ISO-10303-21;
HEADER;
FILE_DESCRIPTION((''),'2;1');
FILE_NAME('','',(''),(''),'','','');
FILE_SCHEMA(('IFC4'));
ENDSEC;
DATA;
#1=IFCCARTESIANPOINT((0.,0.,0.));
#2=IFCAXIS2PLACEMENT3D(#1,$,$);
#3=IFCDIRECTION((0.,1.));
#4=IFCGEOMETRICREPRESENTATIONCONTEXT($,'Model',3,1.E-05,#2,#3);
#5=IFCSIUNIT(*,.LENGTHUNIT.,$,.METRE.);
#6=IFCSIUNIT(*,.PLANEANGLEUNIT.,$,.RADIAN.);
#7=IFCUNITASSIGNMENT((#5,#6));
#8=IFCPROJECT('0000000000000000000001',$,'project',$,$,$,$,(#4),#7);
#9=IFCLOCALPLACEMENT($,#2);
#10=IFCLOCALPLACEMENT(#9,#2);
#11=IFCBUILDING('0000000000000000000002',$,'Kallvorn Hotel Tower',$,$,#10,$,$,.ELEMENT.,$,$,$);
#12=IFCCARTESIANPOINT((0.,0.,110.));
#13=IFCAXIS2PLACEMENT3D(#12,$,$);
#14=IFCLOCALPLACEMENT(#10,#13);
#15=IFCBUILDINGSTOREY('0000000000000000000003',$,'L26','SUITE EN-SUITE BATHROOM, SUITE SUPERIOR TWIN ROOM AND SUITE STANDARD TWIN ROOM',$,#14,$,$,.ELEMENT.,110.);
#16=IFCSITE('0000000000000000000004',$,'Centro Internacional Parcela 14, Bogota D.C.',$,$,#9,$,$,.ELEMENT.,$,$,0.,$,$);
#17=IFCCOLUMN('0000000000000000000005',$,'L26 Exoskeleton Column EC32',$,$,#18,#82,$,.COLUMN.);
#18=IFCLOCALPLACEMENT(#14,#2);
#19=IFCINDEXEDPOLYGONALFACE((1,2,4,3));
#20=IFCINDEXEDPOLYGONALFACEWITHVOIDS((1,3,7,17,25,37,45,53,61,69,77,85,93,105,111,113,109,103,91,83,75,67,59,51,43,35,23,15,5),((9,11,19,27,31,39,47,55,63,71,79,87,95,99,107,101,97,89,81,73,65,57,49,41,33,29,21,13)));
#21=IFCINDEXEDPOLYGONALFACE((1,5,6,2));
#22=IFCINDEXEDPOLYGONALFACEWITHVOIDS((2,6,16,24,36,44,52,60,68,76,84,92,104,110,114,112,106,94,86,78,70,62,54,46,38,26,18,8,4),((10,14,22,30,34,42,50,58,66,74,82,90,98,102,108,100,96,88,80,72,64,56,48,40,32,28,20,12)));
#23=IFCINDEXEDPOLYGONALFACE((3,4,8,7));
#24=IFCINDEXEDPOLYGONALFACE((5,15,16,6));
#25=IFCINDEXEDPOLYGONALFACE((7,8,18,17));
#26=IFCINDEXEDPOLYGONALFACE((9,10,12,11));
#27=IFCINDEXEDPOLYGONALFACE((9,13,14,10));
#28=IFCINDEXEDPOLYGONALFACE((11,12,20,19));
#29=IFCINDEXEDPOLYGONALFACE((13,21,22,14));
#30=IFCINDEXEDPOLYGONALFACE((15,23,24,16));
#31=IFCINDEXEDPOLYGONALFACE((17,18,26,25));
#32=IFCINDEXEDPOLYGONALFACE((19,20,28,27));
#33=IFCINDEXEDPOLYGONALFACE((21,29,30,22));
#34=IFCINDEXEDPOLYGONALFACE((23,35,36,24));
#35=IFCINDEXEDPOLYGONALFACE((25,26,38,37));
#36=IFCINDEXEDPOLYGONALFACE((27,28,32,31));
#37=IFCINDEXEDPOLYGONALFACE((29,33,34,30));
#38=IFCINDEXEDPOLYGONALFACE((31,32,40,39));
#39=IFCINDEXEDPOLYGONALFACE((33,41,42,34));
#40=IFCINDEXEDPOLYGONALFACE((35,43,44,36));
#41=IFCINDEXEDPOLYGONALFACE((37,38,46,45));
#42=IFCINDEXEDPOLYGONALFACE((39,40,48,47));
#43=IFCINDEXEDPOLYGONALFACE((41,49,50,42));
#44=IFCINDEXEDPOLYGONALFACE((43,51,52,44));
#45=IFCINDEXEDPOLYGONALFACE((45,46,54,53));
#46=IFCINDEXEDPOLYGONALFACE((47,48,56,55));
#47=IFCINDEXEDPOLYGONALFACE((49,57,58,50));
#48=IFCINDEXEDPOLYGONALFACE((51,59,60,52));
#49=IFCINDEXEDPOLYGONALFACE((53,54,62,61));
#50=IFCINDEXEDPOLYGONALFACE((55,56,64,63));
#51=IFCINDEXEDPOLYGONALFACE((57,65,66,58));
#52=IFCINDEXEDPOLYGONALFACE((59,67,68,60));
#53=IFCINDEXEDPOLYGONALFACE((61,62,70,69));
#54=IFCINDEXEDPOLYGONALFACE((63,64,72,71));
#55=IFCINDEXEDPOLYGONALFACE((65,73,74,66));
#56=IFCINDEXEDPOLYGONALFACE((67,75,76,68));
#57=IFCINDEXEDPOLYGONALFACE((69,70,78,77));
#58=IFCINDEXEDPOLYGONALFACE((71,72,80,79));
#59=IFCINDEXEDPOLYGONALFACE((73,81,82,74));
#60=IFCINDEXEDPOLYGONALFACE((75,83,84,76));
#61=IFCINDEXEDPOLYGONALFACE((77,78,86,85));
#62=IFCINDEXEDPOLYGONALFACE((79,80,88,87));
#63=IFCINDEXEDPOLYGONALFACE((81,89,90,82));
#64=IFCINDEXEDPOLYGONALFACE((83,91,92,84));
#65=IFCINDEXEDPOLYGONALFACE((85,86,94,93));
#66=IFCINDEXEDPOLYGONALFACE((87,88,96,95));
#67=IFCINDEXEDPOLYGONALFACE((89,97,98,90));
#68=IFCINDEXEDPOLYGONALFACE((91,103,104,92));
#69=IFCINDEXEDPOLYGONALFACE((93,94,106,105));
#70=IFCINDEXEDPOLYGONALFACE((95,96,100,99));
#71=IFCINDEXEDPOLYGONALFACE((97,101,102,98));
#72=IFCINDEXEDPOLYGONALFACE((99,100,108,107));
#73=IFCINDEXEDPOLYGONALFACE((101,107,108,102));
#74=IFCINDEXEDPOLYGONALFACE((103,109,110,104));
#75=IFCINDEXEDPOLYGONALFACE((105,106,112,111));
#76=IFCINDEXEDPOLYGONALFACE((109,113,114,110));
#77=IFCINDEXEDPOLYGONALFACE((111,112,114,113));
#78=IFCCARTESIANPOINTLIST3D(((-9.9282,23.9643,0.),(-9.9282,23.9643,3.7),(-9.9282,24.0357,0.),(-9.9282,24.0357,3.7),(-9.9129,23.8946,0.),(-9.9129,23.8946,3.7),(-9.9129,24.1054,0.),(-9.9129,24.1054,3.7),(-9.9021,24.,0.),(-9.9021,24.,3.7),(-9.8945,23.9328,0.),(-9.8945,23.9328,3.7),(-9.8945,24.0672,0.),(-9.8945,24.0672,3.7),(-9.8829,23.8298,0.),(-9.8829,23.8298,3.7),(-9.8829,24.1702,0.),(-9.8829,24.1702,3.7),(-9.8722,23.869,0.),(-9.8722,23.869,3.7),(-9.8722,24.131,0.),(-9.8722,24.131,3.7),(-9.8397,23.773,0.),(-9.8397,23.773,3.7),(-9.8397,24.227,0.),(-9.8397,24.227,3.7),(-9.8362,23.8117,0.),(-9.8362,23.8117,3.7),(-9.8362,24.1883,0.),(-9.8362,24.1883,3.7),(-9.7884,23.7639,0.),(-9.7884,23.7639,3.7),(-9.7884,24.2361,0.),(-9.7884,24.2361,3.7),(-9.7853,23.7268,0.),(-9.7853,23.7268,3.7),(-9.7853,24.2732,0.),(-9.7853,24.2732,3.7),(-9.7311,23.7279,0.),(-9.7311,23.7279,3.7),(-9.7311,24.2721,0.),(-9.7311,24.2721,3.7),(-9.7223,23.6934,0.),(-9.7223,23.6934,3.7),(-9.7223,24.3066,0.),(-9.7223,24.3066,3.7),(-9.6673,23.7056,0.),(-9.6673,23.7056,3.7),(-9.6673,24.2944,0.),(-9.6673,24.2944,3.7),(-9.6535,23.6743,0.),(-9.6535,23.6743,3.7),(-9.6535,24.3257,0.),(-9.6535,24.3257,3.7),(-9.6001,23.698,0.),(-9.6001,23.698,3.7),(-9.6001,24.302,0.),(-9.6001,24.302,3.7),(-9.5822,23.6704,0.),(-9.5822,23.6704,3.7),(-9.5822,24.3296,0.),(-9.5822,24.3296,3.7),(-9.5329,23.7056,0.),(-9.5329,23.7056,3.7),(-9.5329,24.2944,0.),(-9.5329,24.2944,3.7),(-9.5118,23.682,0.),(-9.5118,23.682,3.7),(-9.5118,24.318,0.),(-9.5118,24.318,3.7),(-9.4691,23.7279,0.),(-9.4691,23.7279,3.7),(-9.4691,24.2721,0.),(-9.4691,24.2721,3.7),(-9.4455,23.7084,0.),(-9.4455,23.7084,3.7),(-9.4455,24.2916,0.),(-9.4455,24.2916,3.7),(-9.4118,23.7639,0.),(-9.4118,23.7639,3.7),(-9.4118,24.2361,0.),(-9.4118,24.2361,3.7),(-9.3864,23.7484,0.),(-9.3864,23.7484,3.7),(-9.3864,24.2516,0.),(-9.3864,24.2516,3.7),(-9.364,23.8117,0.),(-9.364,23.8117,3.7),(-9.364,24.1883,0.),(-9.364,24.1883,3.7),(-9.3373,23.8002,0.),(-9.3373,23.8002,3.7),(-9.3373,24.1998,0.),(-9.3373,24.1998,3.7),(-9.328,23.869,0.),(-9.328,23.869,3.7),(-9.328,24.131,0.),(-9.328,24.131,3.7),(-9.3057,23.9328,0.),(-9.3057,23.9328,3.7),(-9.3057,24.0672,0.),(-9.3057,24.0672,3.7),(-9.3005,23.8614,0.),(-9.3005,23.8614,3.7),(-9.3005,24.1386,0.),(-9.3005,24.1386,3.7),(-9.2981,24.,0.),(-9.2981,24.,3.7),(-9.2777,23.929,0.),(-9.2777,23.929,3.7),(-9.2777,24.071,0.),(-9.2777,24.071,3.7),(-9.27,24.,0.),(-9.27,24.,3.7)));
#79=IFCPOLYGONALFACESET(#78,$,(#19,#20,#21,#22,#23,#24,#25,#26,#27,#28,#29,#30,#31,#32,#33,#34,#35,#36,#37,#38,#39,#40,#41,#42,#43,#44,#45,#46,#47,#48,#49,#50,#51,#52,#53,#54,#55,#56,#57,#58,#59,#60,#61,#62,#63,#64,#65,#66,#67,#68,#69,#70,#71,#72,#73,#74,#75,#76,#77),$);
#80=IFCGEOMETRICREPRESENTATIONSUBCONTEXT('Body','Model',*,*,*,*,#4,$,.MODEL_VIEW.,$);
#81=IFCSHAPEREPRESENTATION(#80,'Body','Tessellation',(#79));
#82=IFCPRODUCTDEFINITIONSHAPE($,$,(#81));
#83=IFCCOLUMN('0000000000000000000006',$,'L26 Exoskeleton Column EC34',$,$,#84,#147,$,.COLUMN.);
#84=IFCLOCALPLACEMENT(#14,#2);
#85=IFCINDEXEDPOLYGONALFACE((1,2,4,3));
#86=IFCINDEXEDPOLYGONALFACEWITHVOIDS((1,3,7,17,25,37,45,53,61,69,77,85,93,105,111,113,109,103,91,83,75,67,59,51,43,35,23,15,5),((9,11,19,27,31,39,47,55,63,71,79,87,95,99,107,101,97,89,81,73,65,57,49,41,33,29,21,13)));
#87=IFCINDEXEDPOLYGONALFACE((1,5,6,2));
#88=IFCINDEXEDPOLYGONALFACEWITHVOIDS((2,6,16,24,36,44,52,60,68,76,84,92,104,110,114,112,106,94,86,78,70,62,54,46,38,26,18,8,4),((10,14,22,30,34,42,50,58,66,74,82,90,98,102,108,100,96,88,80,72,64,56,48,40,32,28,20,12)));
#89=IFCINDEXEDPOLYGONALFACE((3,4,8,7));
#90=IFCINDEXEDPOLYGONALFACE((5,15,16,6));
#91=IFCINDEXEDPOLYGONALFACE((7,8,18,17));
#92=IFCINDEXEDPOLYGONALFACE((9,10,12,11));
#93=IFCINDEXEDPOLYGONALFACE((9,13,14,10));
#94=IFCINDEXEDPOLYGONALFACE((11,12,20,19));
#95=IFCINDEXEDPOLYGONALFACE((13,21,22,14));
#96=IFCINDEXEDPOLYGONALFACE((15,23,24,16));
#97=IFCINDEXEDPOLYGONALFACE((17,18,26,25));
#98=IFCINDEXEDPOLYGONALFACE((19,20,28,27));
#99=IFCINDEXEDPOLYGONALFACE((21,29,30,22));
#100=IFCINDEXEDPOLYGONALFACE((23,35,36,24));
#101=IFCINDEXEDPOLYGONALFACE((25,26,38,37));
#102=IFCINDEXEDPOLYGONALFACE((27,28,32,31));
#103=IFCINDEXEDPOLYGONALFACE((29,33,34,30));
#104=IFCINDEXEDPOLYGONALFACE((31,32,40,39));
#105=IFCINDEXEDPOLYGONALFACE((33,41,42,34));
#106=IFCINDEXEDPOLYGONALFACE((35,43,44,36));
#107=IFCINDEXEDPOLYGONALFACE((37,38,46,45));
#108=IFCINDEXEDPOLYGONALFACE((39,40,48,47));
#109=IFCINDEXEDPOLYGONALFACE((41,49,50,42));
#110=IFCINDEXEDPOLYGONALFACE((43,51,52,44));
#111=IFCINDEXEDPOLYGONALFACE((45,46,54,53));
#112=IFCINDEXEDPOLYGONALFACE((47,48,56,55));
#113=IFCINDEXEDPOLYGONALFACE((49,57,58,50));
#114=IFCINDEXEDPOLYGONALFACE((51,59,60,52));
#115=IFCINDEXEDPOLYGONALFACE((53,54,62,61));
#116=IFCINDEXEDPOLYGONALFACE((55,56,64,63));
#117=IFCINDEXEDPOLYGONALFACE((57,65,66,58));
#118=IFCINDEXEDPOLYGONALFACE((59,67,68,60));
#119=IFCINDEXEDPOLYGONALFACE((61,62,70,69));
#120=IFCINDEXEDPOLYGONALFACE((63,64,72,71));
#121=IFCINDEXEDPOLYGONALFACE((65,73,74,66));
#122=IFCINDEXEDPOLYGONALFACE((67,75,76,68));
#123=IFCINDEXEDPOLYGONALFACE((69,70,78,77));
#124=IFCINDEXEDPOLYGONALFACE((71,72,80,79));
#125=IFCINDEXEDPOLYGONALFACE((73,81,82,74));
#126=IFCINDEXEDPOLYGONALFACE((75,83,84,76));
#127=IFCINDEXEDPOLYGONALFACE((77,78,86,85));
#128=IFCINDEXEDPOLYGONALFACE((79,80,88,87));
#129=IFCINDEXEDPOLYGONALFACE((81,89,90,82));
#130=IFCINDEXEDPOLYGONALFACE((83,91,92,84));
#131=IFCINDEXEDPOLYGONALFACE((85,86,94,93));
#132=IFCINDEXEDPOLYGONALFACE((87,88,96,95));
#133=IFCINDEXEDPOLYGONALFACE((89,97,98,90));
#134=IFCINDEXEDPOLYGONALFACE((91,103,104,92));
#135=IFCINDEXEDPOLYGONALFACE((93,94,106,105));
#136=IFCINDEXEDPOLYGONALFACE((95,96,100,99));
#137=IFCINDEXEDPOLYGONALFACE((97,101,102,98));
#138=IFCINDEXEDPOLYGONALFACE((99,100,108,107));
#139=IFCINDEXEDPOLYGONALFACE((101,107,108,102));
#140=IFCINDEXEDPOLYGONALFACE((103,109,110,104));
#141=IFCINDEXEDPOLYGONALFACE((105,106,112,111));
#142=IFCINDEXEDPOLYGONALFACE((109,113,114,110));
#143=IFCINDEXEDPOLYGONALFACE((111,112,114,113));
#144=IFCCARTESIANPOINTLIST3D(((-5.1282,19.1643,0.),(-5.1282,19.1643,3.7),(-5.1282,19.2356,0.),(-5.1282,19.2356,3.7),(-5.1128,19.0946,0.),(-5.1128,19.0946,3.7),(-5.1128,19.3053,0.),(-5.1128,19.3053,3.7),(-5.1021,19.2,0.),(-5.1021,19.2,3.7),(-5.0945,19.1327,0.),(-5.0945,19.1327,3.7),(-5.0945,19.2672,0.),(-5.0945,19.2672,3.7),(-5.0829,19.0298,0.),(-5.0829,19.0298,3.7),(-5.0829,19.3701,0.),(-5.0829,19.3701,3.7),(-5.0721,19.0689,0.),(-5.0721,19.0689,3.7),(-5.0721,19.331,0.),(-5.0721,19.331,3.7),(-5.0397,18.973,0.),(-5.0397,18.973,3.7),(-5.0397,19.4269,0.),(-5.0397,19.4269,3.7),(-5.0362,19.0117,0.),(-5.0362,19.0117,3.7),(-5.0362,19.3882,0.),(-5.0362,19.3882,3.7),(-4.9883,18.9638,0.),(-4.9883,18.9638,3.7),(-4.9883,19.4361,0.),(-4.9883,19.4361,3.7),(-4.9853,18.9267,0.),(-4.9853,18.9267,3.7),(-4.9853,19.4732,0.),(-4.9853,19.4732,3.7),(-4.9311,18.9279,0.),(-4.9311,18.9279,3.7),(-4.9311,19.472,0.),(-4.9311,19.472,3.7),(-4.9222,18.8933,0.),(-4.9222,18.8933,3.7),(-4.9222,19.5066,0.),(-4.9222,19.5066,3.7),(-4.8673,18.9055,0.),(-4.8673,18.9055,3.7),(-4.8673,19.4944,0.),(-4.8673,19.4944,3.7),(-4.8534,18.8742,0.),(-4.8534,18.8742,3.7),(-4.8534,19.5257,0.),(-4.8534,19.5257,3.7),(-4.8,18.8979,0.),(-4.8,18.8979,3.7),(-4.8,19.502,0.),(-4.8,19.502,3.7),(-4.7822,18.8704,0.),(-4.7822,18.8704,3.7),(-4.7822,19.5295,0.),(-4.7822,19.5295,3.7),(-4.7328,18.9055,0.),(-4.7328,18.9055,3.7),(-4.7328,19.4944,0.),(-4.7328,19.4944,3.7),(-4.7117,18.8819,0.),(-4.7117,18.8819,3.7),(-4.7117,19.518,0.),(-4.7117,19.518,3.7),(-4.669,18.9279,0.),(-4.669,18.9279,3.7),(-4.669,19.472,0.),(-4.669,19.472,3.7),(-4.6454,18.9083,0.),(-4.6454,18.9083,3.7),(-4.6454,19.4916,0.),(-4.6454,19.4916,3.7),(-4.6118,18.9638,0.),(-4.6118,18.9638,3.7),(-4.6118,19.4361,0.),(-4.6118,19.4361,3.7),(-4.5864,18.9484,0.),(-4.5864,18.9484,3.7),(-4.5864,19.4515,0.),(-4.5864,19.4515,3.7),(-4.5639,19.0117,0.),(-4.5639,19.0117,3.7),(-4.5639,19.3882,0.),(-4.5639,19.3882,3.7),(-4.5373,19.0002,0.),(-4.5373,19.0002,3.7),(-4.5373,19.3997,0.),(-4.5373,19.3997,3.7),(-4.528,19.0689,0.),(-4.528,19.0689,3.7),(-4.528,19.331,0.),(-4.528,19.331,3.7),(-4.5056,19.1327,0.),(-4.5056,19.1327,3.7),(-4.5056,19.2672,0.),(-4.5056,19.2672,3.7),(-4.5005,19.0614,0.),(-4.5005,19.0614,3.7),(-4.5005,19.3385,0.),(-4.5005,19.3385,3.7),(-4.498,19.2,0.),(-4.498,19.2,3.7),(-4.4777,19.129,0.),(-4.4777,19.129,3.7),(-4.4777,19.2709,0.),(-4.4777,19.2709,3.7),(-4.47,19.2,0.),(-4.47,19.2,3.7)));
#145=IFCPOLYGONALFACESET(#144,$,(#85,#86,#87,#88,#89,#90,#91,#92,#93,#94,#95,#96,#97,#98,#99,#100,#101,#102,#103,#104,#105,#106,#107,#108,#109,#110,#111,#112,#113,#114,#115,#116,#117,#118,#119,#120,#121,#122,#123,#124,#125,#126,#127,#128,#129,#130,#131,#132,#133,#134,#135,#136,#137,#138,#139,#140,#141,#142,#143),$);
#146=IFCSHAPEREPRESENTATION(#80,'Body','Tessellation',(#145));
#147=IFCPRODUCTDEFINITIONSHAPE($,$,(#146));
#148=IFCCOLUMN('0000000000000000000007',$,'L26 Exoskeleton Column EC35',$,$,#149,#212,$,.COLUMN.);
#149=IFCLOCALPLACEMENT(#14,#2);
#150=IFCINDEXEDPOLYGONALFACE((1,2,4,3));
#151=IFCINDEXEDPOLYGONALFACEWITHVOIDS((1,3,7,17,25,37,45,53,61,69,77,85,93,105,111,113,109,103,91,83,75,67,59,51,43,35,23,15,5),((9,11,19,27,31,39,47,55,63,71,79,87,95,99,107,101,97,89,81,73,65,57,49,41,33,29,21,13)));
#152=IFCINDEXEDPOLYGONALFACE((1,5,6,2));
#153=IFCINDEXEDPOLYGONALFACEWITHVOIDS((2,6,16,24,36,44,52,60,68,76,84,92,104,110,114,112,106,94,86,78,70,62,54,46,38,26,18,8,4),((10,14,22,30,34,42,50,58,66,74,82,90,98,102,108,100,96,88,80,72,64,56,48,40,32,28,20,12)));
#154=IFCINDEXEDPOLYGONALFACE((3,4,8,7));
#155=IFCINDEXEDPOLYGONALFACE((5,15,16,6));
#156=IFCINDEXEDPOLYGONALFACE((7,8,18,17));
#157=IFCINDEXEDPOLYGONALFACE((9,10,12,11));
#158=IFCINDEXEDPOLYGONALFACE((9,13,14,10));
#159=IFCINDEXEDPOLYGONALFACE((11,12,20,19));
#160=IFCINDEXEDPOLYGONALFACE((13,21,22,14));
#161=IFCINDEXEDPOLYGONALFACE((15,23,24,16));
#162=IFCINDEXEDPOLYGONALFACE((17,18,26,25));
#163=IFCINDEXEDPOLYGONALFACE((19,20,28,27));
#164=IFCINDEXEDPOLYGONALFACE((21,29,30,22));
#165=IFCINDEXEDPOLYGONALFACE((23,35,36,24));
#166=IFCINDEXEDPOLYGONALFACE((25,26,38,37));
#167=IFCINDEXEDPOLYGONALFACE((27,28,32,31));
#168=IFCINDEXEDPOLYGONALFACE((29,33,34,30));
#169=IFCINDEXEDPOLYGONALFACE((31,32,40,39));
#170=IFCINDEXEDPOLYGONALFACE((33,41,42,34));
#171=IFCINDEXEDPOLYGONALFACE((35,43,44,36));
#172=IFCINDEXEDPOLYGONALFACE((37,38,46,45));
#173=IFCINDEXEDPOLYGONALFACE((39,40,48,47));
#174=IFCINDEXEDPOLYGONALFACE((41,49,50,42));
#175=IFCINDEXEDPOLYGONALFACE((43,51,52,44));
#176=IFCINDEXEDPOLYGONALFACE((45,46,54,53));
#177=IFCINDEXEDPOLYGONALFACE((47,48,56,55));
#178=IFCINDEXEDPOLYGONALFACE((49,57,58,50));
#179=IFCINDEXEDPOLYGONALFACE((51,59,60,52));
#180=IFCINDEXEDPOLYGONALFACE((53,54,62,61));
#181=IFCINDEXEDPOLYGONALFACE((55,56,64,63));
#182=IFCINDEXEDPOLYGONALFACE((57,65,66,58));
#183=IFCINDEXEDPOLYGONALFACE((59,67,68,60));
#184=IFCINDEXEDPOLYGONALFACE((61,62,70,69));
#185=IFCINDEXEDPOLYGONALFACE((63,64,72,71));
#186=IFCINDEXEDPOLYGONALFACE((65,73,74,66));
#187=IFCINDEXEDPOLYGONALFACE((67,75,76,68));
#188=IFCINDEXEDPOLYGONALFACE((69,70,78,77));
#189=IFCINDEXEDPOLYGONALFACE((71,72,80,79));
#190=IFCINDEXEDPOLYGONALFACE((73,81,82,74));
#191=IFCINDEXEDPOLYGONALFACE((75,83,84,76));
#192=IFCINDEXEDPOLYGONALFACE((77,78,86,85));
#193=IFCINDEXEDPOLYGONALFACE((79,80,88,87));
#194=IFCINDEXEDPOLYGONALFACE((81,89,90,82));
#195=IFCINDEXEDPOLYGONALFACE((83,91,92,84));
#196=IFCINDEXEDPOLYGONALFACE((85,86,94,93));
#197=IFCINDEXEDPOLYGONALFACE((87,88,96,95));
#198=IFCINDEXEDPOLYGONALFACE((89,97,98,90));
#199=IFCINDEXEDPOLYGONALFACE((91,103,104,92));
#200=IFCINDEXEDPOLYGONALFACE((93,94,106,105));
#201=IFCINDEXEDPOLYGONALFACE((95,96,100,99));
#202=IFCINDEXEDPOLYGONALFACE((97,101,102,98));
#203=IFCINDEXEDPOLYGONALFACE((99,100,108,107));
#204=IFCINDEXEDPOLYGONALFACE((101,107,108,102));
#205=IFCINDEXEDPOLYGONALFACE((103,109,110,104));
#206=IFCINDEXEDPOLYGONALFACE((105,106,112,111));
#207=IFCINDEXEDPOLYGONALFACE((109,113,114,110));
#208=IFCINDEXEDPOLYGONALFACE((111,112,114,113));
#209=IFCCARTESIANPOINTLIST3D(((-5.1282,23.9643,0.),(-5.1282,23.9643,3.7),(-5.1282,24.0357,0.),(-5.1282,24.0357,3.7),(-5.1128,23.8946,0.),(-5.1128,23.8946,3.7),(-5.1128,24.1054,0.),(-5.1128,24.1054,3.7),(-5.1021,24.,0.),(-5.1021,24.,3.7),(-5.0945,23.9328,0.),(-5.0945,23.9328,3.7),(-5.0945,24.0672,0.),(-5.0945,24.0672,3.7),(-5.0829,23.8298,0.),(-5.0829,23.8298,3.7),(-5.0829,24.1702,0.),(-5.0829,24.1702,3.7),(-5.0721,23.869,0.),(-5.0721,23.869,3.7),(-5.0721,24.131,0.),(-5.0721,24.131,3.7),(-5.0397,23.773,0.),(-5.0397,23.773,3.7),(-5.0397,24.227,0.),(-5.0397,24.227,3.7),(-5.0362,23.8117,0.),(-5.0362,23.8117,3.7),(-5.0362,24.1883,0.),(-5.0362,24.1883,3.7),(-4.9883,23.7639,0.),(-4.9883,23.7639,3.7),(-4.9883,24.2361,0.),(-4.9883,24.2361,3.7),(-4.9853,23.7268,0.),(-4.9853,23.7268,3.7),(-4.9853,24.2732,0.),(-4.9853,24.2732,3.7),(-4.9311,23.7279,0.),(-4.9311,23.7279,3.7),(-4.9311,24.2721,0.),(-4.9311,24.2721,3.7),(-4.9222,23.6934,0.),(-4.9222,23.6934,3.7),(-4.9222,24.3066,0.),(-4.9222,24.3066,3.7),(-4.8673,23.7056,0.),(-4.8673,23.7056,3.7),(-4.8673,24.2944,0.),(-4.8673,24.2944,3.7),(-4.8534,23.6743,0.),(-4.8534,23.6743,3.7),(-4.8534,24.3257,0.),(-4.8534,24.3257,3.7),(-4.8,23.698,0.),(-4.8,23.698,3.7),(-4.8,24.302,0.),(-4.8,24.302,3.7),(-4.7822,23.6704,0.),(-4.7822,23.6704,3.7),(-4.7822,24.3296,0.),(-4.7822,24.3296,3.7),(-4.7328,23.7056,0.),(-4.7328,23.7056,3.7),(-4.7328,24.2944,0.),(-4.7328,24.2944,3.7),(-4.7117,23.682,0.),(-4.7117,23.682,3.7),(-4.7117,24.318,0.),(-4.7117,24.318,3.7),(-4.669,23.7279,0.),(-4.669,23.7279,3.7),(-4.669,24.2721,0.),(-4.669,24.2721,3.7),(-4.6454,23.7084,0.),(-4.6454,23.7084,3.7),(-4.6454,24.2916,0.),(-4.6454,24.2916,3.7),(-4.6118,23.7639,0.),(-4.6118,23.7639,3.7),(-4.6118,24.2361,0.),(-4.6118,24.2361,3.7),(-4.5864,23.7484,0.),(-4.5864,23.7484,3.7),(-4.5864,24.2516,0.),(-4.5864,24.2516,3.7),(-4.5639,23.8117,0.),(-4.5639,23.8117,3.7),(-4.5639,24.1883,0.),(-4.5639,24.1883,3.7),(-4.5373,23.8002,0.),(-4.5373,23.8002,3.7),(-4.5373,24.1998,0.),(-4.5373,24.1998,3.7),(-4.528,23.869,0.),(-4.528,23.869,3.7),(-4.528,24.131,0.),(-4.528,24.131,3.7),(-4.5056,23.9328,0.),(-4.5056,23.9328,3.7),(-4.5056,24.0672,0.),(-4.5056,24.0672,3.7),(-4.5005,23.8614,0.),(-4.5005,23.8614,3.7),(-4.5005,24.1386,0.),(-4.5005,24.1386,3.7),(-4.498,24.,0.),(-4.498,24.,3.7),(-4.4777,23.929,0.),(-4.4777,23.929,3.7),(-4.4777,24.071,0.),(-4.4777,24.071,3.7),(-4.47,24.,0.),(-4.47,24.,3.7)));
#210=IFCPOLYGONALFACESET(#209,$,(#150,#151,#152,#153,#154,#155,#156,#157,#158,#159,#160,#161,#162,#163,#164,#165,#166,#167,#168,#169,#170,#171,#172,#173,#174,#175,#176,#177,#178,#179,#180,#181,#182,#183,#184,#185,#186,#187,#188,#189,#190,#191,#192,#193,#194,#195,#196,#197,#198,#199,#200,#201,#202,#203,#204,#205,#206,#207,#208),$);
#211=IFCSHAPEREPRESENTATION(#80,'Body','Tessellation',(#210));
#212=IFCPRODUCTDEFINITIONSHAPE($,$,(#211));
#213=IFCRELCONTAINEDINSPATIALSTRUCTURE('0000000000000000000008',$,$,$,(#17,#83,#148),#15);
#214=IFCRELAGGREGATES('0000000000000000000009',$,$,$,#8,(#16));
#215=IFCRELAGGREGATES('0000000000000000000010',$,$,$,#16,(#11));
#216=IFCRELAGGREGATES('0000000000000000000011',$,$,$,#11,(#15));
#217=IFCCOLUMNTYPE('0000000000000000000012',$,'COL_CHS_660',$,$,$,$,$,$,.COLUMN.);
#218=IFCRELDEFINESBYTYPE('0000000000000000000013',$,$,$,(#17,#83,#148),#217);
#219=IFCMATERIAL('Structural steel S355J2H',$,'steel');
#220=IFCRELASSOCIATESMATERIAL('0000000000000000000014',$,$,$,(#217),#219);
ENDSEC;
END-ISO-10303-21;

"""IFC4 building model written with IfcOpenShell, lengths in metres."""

from ifc_helpers import new_model, si_unit, direction, frame, origin, origin_2d, place, context, subcontext, project, spatial, hollow_circle, extrude, material, material_profile, profile_set, type_object, element, save


model = new_model("IFC4")

# Units and contexts
model_context = context("Model", 3, precision=1e-05, world=origin(), true_north=direction((0.0, 1.0)))
body_context = subcontext(model_context, "Body", "Model", "MODEL_VIEW")
ifc_project = project(units=[si_unit("LENGTHUNIT", "METRE"), si_unit("PLANEANGLEUNIT", "RADIAN")], contexts=[model_context])

# Site, building, storey
site_placement = place(None, origin())
site = spatial("IfcSite", under=ifc_project, at=site_placement, Name="Centro Internacional Parcela 14, Bogota D.C.", CompositionType="ELEMENT", RefElevation=0.0)
building_placement = place(site_placement, origin())
building = spatial("IfcBuilding", under=site, at=building_placement, Name="Kallvorn Hotel Tower", CompositionType="ELEMENT")
storey_placement = place(building_placement, frame((0.0, 0.0, 110.0)))
storey = spatial("IfcBuildingStorey", under=building, at=storey_placement, Name="L26", Description="SUITE EN-SUITE BATHROOM, SUITE SUPERIOR TWIN ROOM AND SUITE STANDARD TWIN ROOM", CompositionType="ELEMENT", Elevation=110.0)

# Columns
ifc_material_1 = material(Name="Structural steel S355J2H", Category="steel")
ifc_material_profile_1 = material_profile(ifc_material_1, hollow_circle(Radius=0.3301, WallThickness=0.0281, at=origin_2d()), Name="CHS 660x28")
ifc_profile_set_1 = profile_set([ifc_material_profile_1], Name="Structural steel S355J2H")
column_type_1 = type_object("IfcColumnType", Name="COL_CHS_660", PredefinedType="COLUMN", material=ifc_profile_set_1)
for number, where, z_axis, x_axis, name in (
    (1, (-9.6001, 24.0, 0.0), (0.0, 0.0, 1.0), (1.0, 0.0, 0.0), "L26 Exoskeleton Column EC32"),
    (2, (-4.8, 19.2, 0.0), (0.0, 0.0, 1.0), (1.0, 0.0, 0.0), "L26 Exoskeleton Column EC34"),
    (3, (-4.8, 24.0, 0.0), (0.0, 0.0, 1.0), (1.0, 0.0, 0.0), "L26 Exoskeleton Column EC35"),
):
    element("IfcColumn", number, at=place(storey_placement, frame(where, z_axis=z_axis, x_axis=x_axis)), inside=storey, type_object=column_type_1, Name=name, PredefinedType="COLUMN", context=body_context, shape_type="SweptSolid", body=[
        extrude(hollow_circle(Radius=0.3301, WallThickness=0.0281, at=origin_2d()), origin(), (0.0, 0.0, 1.0), 3.7),
    ])

save(model, "model.ifc")
